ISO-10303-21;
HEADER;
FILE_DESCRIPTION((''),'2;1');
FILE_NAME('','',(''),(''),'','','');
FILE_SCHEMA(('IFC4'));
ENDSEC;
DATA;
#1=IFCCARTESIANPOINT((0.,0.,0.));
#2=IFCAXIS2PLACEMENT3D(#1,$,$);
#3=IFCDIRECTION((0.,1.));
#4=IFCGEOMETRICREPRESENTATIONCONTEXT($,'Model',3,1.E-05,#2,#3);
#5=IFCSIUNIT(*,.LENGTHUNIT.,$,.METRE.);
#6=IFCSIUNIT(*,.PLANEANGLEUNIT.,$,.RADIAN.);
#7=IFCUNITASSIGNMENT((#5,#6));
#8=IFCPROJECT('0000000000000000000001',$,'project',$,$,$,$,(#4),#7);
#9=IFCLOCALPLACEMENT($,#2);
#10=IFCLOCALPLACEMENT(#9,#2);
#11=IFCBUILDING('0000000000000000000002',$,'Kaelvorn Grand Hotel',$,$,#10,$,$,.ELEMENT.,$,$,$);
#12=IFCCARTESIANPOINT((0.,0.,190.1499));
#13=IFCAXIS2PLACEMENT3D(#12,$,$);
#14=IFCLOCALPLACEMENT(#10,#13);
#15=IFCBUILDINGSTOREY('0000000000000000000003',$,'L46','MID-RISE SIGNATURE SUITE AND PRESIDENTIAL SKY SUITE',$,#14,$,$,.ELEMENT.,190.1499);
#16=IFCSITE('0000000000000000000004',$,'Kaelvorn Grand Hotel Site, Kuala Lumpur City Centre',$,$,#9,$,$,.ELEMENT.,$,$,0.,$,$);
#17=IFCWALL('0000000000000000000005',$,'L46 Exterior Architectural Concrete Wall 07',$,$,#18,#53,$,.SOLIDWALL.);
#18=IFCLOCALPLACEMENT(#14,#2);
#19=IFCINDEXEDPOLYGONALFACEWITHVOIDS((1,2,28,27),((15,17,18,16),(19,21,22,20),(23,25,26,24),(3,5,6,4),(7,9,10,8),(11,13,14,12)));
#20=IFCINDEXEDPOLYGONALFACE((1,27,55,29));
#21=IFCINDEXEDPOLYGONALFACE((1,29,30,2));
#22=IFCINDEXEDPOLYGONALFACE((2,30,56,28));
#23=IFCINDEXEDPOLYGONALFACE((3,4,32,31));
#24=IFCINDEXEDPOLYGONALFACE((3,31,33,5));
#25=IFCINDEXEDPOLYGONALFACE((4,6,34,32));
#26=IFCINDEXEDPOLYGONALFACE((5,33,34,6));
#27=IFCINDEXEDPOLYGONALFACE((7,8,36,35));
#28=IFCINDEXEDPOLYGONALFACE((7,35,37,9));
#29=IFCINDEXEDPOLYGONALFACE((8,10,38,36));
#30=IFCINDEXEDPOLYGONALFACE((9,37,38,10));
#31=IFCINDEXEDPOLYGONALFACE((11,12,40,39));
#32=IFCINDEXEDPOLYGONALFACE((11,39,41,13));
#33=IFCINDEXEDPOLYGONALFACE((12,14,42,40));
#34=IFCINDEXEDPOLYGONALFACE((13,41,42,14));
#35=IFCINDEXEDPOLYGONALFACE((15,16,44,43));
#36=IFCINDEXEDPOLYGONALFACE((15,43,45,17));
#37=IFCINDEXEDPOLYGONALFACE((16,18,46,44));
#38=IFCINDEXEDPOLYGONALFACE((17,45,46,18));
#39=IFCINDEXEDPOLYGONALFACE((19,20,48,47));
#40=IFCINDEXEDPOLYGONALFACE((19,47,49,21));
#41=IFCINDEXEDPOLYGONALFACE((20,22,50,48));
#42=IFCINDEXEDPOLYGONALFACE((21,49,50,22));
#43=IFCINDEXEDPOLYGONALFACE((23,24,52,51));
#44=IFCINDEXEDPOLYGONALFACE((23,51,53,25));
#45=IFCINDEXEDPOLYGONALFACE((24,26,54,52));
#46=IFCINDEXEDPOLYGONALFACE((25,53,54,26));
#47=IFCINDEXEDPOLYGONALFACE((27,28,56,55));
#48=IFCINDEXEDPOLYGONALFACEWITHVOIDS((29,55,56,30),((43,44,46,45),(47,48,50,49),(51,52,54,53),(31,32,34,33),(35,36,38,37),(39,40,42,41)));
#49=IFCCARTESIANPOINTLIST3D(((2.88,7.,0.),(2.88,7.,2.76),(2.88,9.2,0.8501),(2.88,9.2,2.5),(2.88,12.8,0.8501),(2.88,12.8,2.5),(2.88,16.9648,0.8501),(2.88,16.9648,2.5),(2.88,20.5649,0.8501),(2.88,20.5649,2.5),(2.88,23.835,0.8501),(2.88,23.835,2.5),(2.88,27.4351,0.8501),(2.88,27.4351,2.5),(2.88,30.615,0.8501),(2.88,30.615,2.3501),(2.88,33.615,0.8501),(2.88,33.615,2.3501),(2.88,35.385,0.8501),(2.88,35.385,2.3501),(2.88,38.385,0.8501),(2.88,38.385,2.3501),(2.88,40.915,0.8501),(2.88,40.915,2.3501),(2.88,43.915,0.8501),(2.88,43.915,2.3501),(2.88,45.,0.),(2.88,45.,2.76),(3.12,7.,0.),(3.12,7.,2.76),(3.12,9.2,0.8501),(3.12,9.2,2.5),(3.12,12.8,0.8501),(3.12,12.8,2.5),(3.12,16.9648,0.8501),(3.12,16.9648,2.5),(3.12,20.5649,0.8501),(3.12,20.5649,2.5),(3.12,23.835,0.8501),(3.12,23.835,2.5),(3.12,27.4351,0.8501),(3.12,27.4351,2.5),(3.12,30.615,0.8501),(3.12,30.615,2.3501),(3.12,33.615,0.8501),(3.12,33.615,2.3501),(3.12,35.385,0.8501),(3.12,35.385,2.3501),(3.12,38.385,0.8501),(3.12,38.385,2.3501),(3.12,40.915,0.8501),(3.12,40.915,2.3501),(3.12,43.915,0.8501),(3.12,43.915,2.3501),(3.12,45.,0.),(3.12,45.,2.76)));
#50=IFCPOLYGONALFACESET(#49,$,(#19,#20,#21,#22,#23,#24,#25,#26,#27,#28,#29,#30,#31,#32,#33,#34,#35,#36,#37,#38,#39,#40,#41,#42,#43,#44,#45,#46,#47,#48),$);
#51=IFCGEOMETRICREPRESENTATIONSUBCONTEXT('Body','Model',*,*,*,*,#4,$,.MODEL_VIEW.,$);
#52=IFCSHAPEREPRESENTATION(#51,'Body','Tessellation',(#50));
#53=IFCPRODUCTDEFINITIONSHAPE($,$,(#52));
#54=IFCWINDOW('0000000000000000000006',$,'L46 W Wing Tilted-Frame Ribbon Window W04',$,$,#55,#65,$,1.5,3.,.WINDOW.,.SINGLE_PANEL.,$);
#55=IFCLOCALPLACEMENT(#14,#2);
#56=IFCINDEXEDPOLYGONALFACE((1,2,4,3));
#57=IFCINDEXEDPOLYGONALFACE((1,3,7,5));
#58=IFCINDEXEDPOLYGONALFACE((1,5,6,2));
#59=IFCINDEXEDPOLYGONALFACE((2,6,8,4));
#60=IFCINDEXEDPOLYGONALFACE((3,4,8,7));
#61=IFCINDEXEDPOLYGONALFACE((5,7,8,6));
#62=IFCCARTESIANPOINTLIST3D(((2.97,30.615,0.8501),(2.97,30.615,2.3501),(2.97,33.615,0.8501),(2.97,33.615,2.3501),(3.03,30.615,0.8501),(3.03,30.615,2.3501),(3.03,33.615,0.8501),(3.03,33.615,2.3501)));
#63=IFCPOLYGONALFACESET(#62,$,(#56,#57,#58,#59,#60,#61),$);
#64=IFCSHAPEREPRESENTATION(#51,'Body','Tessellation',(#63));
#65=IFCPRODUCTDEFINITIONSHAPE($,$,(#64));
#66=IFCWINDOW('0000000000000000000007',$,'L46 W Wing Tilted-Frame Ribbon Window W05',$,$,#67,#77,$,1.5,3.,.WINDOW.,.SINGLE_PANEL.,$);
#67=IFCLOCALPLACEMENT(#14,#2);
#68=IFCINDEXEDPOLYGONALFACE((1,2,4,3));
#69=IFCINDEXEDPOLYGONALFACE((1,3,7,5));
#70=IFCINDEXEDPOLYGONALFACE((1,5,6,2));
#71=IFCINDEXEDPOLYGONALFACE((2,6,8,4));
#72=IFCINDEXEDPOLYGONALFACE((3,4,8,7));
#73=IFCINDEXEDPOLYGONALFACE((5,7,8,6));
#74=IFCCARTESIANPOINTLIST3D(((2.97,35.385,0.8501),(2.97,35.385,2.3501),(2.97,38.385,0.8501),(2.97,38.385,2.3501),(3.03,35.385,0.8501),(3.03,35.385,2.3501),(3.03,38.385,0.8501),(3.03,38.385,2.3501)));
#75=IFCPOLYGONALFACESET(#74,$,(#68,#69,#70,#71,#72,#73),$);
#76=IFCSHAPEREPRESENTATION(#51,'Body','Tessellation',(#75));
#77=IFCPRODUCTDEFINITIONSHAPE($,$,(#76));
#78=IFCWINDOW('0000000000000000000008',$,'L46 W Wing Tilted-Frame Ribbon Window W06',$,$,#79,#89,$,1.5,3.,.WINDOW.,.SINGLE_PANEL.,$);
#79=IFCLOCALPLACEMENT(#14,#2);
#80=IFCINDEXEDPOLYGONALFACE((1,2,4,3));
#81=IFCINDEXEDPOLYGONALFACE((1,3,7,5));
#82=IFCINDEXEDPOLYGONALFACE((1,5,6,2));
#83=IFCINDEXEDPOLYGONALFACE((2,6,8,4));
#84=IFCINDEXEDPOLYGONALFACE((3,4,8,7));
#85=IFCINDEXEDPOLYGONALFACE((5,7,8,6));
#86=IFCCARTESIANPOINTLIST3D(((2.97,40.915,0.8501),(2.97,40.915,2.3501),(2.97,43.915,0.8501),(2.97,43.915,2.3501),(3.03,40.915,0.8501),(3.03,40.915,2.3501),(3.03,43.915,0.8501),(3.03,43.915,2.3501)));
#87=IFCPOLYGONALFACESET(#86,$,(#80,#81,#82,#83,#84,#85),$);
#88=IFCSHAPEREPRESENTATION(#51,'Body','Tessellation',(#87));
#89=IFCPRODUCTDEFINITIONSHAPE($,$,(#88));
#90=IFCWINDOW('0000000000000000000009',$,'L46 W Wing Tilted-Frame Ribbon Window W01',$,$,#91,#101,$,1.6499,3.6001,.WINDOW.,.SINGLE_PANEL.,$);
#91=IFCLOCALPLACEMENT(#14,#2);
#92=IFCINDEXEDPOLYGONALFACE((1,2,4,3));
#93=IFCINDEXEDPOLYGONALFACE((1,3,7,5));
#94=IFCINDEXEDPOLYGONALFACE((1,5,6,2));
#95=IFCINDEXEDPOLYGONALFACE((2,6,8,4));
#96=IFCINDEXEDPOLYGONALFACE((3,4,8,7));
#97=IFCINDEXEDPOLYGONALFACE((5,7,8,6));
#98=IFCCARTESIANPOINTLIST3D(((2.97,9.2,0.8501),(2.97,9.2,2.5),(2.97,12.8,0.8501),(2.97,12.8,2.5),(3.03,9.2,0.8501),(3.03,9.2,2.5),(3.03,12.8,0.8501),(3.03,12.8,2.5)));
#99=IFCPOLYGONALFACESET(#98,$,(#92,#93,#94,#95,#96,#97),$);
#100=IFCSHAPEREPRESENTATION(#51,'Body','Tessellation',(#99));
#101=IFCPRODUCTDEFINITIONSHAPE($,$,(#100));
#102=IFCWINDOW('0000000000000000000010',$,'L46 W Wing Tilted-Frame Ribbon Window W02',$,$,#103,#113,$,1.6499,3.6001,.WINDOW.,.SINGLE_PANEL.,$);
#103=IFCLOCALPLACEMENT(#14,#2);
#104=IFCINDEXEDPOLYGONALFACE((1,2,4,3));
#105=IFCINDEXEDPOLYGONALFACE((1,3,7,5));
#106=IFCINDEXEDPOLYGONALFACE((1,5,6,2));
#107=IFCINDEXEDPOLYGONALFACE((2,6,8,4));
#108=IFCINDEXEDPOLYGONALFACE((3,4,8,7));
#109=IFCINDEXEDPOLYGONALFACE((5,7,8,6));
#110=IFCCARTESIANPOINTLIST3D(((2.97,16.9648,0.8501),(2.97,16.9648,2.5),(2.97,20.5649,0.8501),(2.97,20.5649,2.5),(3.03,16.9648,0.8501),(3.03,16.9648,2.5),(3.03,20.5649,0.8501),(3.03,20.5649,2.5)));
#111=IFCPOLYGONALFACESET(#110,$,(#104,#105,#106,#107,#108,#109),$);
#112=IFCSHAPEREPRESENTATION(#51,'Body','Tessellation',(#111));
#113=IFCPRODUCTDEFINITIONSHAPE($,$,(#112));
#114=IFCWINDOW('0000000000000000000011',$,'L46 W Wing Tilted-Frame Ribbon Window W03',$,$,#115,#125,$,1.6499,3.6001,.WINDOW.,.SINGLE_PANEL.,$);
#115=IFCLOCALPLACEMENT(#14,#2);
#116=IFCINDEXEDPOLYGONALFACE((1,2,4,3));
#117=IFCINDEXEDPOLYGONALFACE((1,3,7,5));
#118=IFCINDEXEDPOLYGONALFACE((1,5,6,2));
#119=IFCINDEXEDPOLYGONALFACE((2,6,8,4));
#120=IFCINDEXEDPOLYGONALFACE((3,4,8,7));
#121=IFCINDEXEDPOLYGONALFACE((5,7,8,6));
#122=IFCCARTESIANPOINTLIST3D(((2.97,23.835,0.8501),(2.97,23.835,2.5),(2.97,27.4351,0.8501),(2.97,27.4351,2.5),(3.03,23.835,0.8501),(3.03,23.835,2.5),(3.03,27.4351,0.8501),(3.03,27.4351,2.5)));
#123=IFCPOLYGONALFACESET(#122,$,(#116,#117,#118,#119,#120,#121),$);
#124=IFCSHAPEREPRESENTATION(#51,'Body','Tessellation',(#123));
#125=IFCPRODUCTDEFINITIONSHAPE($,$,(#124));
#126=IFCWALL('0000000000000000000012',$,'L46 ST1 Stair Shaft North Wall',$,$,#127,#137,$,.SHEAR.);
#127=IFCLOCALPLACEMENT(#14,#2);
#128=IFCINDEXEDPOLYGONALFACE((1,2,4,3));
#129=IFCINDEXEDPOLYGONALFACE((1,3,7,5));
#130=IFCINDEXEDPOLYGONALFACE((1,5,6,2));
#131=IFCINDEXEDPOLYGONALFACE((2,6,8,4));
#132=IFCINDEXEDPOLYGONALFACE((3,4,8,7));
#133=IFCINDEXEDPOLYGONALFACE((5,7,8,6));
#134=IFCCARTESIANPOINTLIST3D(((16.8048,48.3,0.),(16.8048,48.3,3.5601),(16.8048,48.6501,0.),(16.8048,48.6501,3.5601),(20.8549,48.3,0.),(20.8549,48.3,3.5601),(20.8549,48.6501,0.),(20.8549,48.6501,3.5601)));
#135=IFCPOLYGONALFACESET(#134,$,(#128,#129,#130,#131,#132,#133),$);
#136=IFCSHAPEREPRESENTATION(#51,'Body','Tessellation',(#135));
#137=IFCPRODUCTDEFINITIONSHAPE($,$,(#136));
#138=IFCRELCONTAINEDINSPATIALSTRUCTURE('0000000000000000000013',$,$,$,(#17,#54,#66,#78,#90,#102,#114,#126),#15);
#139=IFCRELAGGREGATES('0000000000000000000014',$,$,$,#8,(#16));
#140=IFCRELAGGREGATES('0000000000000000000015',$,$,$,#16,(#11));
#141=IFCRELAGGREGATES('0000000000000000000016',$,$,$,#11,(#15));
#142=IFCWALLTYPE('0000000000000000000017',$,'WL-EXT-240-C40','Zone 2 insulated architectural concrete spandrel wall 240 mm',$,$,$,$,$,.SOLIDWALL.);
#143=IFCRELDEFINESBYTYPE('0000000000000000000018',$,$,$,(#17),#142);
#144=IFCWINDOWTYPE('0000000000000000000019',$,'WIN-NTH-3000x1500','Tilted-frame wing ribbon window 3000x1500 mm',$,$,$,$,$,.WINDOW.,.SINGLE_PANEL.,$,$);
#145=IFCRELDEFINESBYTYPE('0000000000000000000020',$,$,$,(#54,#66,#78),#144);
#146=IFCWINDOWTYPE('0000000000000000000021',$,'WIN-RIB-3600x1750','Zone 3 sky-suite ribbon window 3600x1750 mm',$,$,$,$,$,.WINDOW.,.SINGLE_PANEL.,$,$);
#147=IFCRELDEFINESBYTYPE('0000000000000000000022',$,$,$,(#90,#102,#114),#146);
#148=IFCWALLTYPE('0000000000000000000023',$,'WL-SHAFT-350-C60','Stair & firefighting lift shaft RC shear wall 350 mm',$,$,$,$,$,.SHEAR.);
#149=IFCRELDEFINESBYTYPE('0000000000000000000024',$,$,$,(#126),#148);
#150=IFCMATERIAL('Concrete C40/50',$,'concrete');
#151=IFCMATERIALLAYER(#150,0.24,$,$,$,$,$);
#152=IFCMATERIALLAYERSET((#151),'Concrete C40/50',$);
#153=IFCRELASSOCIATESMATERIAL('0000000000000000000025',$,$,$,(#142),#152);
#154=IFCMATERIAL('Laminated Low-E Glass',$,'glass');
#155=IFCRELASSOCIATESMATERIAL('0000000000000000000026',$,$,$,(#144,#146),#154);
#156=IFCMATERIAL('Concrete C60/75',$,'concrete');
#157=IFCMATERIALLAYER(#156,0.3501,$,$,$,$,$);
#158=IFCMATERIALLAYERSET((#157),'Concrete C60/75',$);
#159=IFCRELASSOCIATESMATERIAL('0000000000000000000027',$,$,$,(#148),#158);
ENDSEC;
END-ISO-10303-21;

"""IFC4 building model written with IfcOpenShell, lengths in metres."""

from ifc_helpers import new_model, si_unit, direction, frame, frame_2d, origin, place, context, subcontext, project, spatial, rectangle, extrude, material, layer, layer_set, type_object, element, fill, save


model = new_model("IFC4")

# Units and contexts
model_context = context("Model", 3, precision=1e-05, world=origin(), true_north=direction((0.0, 1.0)))
body_context = subcontext(model_context, "Body", "Model", "MODEL_VIEW")
ifc_project = project(units=[si_unit("LENGTHUNIT", "METRE"), si_unit("PLANEANGLEUNIT", "RADIAN")], contexts=[model_context])

# Site, building, storey
site_placement = place(None, origin())
site = spatial("IfcSite", under=ifc_project, at=site_placement, Name="Kaelvorn Grand Hotel Site, Kuala Lumpur City Centre", CompositionType="ELEMENT", RefElevation=0.0)
building_placement = place(site_placement, origin())
building = spatial("IfcBuilding", under=site, at=building_placement, Name="Kaelvorn Grand Hotel", CompositionType="ELEMENT")
storey_placement = place(building_placement, frame((0.0, 0.0, 190.1499)))
storey = spatial("IfcBuildingStorey", under=building, at=storey_placement, Name="L46", Description="MID-RISE SIGNATURE SUITE AND PRESIDENTIAL SKY SUITE", CompositionType="ELEMENT", Elevation=190.1499)

# Shared definitions
ifc_material_1 = material(Name="Concrete C60/75", Category="concrete")

# Shared definitions
ifc_material_2 = material(Name="Concrete C40/50", Category="concrete")
ifc_layer_1 = layer(ifc_material_2, 0.24)
ifc_layer_set_1 = layer_set([ifc_layer_1], Name="Concrete C40/50")
wall_type_1 = type_object("IfcWallType", Name="WL-EXT-240-C40", Description="Zone 2 insulated architectural concrete spandrel wall 240 mm", PredefinedType="SOLIDWALL", material=ifc_layer_set_1)
ifc_material_3 = material(Name="Laminated Low-E Glass", Category="glass")

# Wall, openings, windows
wall_1_placement = place(storey_placement, frame((3.0, 45.0, 0.0), z_axis=(0.0, 0.0, 1.0), x_axis=(0.0, -1.0, 0.0)))
wall_1 = element("IfcWall", 1, at=wall_1_placement, inside=storey, type_object=wall_type_1, Name="L46 Exterior Architectural Concrete Wall 07", PredefinedType="SOLIDWALL", context=body_context, shape_type="SweptSolid", body=[
    extrude(rectangle(XDim=38.0, YDim=0.24, at=frame_2d((19.0, 0.0))), origin(), (0.0, 0.0, 1.0), 2.76),
])
opening_1_placement = place(wall_1_placement, frame((32.2, 0.0, 0.8501)))
opening_1 = element("IfcOpeningElement", 2, at=opening_1_placement, cuts=wall_1, PredefinedType="OPENING", context=body_context, shape_type="SweptSolid", body=[
    extrude(rectangle(XDim=3.6001, YDim=1.6499, at=frame_2d((1.8, 0.825))), frame((0.0, 0.1299, 0.0), z_axis=(0.0, -1.0, 0.0), x_axis=(1.0, 0.0, 0.0)), (0.0, 0.0, 1.0), 0.26),
])
opening_2_placement = place(wall_1_placement, frame((24.4351, 0.0, 0.8501)))
opening_2 = element("IfcOpeningElement", 3, at=opening_2_placement, cuts=wall_1, PredefinedType="OPENING", context=body_context, shape_type="SweptSolid", body=[
    extrude(rectangle(XDim=3.6001, YDim=1.6499, at=frame_2d((1.8, 0.825))), frame((0.0, 0.1299, 0.0), z_axis=(0.0, -1.0, 0.0), x_axis=(1.0, 0.0, 0.0)), (0.0, 0.0, 1.0), 0.26),
])
opening_3_placement = place(wall_1_placement, frame((17.5649, 0.0, 0.8501)))
opening_3 = element("IfcOpeningElement", 4, at=opening_3_placement, cuts=wall_1, PredefinedType="OPENING", context=body_context, shape_type="SweptSolid", body=[
    extrude(rectangle(XDim=3.6001, YDim=1.6499, at=frame_2d((1.8, 0.825))), frame((0.0, 0.1299, 0.0), z_axis=(0.0, -1.0, 0.0), x_axis=(1.0, 0.0, 0.0)), (0.0, 0.0, 1.0), 0.26),
])
opening_4_placement = place(wall_1_placement, frame((11.385, 0.0, 0.8501)))
opening_4 = element("IfcOpeningElement", 5, at=opening_4_placement, cuts=wall_1, PredefinedType="OPENING", context=body_context, shape_type="SweptSolid", body=[
    extrude(rectangle(XDim=3.0, YDim=1.5, at=frame_2d((1.5, 0.75))), frame((0.0, 0.1299, 0.0), z_axis=(0.0, -1.0, 0.0), x_axis=(1.0, 0.0, 0.0)), (0.0, 0.0, 1.0), 0.26),
])
opening_5_placement = place(wall_1_placement, frame((6.615, 0.0, 0.8501)))
opening_5 = element("IfcOpeningElement", 6, at=opening_5_placement, cuts=wall_1, PredefinedType="OPENING", context=body_context, shape_type="SweptSolid", body=[
    extrude(rectangle(XDim=3.0, YDim=1.5, at=frame_2d((1.5, 0.75))), frame((0.0, 0.1299, 0.0), z_axis=(0.0, -1.0, 0.0), x_axis=(1.0, 0.0, 0.0)), (0.0, 0.0, 1.0), 0.26),
])
opening_6_placement = place(wall_1_placement, frame((1.085, 0.0, 0.8501)))
opening_6 = element("IfcOpeningElement", 7, at=opening_6_placement, cuts=wall_1, PredefinedType="OPENING", context=body_context, shape_type="SweptSolid", body=[
    extrude(rectangle(XDim=3.0, YDim=1.5, at=frame_2d((1.5, 0.75))), frame((0.0, 0.1299, 0.0), z_axis=(0.0, -1.0, 0.0), x_axis=(1.0, 0.0, 0.0)), (0.0, 0.0, 1.0), 0.26),
])
window_type_1 = type_object("IfcWindowType", Name="WIN-NTH-3000x1500", Description="Tilted-frame wing ribbon window 3000x1500 mm", PartitioningType="SINGLE_PANEL", PredefinedType="WINDOW", material=ifc_material_3)
window_1_placement = place(opening_4_placement, origin())
window_1 = element("IfcWindow", 8, at=window_1_placement, inside=storey, type_object=window_type_1, Name="L46 W Wing Tilted-Frame Ribbon Window W04", OverallHeight=1.5, OverallWidth=3.0, PartitioningType="SINGLE_PANEL", PredefinedType="WINDOW", context=body_context, shape_type="SweptSolid", body=[
    extrude(rectangle(XDim=3.0, YDim=1.5, at=frame_2d((1.5, 0.75))), frame((0.0, 0.03, 0.0), z_axis=(0.0, -1.0, 0.0), x_axis=(1.0, 0.0, 0.0)), (0.0, 0.0, 1.0), 0.0601),
])
fill(opening_4, window_1)
window_2_placement = place(opening_5_placement, origin())
window_2 = element("IfcWindow", 9, at=window_2_placement, inside=storey, type_object=window_type_1, Name="L46 W Wing Tilted-Frame Ribbon Window W05", OverallHeight=1.5, OverallWidth=3.0, PartitioningType="SINGLE_PANEL", PredefinedType="WINDOW", context=body_context, shape_type="SweptSolid", body=[
    extrude(rectangle(XDim=3.0, YDim=1.5, at=frame_2d((1.5, 0.75))), frame((0.0, 0.03, 0.0), z_axis=(0.0, -1.0, 0.0), x_axis=(1.0, 0.0, 0.0)), (0.0, 0.0, 1.0), 0.0601),
])
fill(opening_5, window_2)
window_3_placement = place(opening_6_placement, origin())
window_3 = element("IfcWindow", 10, at=window_3_placement, inside=storey, type_object=window_type_1, Name="L46 W Wing Tilted-Frame Ribbon Window W06", OverallHeight=1.5, OverallWidth=3.0, PartitioningType="SINGLE_PANEL", PredefinedType="WINDOW", context=body_context, shape_type="SweptSolid", body=[
    extrude(rectangle(XDim=3.0, YDim=1.5, at=frame_2d((1.5, 0.75))), frame((0.0, 0.03, 0.0), z_axis=(0.0, -1.0, 0.0), x_axis=(1.0, 0.0, 0.0)), (0.0, 0.0, 1.0), 0.0601),
])
fill(opening_6, window_3)
window_type_2 = type_object("IfcWindowType", Name="WIN-RIB-3600x1750", Description="Zone 3 sky-suite ribbon window 3600x1750 mm", PartitioningType="SINGLE_PANEL", PredefinedType="WINDOW", material=ifc_material_3)
window_4_placement = place(opening_1_placement, origin())
window_4 = element("IfcWindow", 11, at=window_4_placement, inside=storey, type_object=window_type_2, Name="L46 W Wing Tilted-Frame Ribbon Window W01", OverallHeight=1.6499, OverallWidth=3.6001, PartitioningType="SINGLE_PANEL", PredefinedType="WINDOW", context=body_context, shape_type="SweptSolid", body=[
    extrude(rectangle(XDim=3.6001, YDim=1.6499, at=frame_2d((1.8, 0.825))), frame((0.0, 0.03, 0.0), z_axis=(0.0, -1.0, 0.0), x_axis=(1.0, 0.0, 0.0)), (0.0, 0.0, 1.0), 0.0601),
])
fill(opening_1, window_4)
window_5_placement = place(opening_2_placement, origin())
window_5 = element("IfcWindow", 12, at=window_5_placement, inside=storey, type_object=window_type_2, Name="L46 W Wing Tilted-Frame Ribbon Window W02", OverallHeight=1.6499, OverallWidth=3.6001, PartitioningType="SINGLE_PANEL", PredefinedType="WINDOW", context=body_context, shape_type="SweptSolid", body=[
    extrude(rectangle(XDim=3.6001, YDim=1.6499, at=frame_2d((1.8, 0.825))), frame((0.0, 0.03, 0.0), z_axis=(0.0, -1.0, 0.0), x_axis=(1.0, 0.0, 0.0)), (0.0, 0.0, 1.0), 0.0601),
])
fill(opening_2, window_5)
window_6_placement = place(opening_3_placement, origin())
window_6 = element("IfcWindow", 13, at=window_6_placement, inside=storey, type_object=window_type_2, Name="L46 W Wing Tilted-Frame Ribbon Window W03", OverallHeight=1.6499, OverallWidth=3.6001, PartitioningType="SINGLE_PANEL", PredefinedType="WINDOW", context=body_context, shape_type="SweptSolid", body=[
    extrude(rectangle(XDim=3.6001, YDim=1.6499, at=frame_2d((1.8, 0.825))), frame((0.0, 0.03, 0.0), z_axis=(0.0, -1.0, 0.0), x_axis=(1.0, 0.0, 0.0)), (0.0, 0.0, 1.0), 0.0601),
])
fill(opening_3, window_6)

# Wall
ifc_layer_2 = layer(ifc_material_1, 0.3501)
ifc_layer_set_2 = layer_set([ifc_layer_2], Name="Concrete C60/75")
wall_type_2 = type_object("IfcWallType", Name="WL-SHAFT-350-C60", Description="Stair & firefighting lift shaft RC shear wall 350 mm", PredefinedType="SHEAR", material=ifc_layer_set_2)
wall_2_placement = place(storey_placement, frame((16.8049, 48.4751, 0.0), z_axis=(0.0, 0.0, 1.0), x_axis=(1.0, 0.0, 0.0)))
element("IfcWall", 14, at=wall_2_placement, inside=storey, type_object=wall_type_2, Name="L46 ST1 Stair Shaft North Wall", PredefinedType="SHEAR", context=body_context, shape_type="SweptSolid", body=[
    extrude(rectangle(XDim=4.05, YDim=0.3501, at=frame_2d((2.0249, 0.0))), origin(), (0.0, 0.0, 1.0), 3.5601),
])

save(model, "model.ifc")
